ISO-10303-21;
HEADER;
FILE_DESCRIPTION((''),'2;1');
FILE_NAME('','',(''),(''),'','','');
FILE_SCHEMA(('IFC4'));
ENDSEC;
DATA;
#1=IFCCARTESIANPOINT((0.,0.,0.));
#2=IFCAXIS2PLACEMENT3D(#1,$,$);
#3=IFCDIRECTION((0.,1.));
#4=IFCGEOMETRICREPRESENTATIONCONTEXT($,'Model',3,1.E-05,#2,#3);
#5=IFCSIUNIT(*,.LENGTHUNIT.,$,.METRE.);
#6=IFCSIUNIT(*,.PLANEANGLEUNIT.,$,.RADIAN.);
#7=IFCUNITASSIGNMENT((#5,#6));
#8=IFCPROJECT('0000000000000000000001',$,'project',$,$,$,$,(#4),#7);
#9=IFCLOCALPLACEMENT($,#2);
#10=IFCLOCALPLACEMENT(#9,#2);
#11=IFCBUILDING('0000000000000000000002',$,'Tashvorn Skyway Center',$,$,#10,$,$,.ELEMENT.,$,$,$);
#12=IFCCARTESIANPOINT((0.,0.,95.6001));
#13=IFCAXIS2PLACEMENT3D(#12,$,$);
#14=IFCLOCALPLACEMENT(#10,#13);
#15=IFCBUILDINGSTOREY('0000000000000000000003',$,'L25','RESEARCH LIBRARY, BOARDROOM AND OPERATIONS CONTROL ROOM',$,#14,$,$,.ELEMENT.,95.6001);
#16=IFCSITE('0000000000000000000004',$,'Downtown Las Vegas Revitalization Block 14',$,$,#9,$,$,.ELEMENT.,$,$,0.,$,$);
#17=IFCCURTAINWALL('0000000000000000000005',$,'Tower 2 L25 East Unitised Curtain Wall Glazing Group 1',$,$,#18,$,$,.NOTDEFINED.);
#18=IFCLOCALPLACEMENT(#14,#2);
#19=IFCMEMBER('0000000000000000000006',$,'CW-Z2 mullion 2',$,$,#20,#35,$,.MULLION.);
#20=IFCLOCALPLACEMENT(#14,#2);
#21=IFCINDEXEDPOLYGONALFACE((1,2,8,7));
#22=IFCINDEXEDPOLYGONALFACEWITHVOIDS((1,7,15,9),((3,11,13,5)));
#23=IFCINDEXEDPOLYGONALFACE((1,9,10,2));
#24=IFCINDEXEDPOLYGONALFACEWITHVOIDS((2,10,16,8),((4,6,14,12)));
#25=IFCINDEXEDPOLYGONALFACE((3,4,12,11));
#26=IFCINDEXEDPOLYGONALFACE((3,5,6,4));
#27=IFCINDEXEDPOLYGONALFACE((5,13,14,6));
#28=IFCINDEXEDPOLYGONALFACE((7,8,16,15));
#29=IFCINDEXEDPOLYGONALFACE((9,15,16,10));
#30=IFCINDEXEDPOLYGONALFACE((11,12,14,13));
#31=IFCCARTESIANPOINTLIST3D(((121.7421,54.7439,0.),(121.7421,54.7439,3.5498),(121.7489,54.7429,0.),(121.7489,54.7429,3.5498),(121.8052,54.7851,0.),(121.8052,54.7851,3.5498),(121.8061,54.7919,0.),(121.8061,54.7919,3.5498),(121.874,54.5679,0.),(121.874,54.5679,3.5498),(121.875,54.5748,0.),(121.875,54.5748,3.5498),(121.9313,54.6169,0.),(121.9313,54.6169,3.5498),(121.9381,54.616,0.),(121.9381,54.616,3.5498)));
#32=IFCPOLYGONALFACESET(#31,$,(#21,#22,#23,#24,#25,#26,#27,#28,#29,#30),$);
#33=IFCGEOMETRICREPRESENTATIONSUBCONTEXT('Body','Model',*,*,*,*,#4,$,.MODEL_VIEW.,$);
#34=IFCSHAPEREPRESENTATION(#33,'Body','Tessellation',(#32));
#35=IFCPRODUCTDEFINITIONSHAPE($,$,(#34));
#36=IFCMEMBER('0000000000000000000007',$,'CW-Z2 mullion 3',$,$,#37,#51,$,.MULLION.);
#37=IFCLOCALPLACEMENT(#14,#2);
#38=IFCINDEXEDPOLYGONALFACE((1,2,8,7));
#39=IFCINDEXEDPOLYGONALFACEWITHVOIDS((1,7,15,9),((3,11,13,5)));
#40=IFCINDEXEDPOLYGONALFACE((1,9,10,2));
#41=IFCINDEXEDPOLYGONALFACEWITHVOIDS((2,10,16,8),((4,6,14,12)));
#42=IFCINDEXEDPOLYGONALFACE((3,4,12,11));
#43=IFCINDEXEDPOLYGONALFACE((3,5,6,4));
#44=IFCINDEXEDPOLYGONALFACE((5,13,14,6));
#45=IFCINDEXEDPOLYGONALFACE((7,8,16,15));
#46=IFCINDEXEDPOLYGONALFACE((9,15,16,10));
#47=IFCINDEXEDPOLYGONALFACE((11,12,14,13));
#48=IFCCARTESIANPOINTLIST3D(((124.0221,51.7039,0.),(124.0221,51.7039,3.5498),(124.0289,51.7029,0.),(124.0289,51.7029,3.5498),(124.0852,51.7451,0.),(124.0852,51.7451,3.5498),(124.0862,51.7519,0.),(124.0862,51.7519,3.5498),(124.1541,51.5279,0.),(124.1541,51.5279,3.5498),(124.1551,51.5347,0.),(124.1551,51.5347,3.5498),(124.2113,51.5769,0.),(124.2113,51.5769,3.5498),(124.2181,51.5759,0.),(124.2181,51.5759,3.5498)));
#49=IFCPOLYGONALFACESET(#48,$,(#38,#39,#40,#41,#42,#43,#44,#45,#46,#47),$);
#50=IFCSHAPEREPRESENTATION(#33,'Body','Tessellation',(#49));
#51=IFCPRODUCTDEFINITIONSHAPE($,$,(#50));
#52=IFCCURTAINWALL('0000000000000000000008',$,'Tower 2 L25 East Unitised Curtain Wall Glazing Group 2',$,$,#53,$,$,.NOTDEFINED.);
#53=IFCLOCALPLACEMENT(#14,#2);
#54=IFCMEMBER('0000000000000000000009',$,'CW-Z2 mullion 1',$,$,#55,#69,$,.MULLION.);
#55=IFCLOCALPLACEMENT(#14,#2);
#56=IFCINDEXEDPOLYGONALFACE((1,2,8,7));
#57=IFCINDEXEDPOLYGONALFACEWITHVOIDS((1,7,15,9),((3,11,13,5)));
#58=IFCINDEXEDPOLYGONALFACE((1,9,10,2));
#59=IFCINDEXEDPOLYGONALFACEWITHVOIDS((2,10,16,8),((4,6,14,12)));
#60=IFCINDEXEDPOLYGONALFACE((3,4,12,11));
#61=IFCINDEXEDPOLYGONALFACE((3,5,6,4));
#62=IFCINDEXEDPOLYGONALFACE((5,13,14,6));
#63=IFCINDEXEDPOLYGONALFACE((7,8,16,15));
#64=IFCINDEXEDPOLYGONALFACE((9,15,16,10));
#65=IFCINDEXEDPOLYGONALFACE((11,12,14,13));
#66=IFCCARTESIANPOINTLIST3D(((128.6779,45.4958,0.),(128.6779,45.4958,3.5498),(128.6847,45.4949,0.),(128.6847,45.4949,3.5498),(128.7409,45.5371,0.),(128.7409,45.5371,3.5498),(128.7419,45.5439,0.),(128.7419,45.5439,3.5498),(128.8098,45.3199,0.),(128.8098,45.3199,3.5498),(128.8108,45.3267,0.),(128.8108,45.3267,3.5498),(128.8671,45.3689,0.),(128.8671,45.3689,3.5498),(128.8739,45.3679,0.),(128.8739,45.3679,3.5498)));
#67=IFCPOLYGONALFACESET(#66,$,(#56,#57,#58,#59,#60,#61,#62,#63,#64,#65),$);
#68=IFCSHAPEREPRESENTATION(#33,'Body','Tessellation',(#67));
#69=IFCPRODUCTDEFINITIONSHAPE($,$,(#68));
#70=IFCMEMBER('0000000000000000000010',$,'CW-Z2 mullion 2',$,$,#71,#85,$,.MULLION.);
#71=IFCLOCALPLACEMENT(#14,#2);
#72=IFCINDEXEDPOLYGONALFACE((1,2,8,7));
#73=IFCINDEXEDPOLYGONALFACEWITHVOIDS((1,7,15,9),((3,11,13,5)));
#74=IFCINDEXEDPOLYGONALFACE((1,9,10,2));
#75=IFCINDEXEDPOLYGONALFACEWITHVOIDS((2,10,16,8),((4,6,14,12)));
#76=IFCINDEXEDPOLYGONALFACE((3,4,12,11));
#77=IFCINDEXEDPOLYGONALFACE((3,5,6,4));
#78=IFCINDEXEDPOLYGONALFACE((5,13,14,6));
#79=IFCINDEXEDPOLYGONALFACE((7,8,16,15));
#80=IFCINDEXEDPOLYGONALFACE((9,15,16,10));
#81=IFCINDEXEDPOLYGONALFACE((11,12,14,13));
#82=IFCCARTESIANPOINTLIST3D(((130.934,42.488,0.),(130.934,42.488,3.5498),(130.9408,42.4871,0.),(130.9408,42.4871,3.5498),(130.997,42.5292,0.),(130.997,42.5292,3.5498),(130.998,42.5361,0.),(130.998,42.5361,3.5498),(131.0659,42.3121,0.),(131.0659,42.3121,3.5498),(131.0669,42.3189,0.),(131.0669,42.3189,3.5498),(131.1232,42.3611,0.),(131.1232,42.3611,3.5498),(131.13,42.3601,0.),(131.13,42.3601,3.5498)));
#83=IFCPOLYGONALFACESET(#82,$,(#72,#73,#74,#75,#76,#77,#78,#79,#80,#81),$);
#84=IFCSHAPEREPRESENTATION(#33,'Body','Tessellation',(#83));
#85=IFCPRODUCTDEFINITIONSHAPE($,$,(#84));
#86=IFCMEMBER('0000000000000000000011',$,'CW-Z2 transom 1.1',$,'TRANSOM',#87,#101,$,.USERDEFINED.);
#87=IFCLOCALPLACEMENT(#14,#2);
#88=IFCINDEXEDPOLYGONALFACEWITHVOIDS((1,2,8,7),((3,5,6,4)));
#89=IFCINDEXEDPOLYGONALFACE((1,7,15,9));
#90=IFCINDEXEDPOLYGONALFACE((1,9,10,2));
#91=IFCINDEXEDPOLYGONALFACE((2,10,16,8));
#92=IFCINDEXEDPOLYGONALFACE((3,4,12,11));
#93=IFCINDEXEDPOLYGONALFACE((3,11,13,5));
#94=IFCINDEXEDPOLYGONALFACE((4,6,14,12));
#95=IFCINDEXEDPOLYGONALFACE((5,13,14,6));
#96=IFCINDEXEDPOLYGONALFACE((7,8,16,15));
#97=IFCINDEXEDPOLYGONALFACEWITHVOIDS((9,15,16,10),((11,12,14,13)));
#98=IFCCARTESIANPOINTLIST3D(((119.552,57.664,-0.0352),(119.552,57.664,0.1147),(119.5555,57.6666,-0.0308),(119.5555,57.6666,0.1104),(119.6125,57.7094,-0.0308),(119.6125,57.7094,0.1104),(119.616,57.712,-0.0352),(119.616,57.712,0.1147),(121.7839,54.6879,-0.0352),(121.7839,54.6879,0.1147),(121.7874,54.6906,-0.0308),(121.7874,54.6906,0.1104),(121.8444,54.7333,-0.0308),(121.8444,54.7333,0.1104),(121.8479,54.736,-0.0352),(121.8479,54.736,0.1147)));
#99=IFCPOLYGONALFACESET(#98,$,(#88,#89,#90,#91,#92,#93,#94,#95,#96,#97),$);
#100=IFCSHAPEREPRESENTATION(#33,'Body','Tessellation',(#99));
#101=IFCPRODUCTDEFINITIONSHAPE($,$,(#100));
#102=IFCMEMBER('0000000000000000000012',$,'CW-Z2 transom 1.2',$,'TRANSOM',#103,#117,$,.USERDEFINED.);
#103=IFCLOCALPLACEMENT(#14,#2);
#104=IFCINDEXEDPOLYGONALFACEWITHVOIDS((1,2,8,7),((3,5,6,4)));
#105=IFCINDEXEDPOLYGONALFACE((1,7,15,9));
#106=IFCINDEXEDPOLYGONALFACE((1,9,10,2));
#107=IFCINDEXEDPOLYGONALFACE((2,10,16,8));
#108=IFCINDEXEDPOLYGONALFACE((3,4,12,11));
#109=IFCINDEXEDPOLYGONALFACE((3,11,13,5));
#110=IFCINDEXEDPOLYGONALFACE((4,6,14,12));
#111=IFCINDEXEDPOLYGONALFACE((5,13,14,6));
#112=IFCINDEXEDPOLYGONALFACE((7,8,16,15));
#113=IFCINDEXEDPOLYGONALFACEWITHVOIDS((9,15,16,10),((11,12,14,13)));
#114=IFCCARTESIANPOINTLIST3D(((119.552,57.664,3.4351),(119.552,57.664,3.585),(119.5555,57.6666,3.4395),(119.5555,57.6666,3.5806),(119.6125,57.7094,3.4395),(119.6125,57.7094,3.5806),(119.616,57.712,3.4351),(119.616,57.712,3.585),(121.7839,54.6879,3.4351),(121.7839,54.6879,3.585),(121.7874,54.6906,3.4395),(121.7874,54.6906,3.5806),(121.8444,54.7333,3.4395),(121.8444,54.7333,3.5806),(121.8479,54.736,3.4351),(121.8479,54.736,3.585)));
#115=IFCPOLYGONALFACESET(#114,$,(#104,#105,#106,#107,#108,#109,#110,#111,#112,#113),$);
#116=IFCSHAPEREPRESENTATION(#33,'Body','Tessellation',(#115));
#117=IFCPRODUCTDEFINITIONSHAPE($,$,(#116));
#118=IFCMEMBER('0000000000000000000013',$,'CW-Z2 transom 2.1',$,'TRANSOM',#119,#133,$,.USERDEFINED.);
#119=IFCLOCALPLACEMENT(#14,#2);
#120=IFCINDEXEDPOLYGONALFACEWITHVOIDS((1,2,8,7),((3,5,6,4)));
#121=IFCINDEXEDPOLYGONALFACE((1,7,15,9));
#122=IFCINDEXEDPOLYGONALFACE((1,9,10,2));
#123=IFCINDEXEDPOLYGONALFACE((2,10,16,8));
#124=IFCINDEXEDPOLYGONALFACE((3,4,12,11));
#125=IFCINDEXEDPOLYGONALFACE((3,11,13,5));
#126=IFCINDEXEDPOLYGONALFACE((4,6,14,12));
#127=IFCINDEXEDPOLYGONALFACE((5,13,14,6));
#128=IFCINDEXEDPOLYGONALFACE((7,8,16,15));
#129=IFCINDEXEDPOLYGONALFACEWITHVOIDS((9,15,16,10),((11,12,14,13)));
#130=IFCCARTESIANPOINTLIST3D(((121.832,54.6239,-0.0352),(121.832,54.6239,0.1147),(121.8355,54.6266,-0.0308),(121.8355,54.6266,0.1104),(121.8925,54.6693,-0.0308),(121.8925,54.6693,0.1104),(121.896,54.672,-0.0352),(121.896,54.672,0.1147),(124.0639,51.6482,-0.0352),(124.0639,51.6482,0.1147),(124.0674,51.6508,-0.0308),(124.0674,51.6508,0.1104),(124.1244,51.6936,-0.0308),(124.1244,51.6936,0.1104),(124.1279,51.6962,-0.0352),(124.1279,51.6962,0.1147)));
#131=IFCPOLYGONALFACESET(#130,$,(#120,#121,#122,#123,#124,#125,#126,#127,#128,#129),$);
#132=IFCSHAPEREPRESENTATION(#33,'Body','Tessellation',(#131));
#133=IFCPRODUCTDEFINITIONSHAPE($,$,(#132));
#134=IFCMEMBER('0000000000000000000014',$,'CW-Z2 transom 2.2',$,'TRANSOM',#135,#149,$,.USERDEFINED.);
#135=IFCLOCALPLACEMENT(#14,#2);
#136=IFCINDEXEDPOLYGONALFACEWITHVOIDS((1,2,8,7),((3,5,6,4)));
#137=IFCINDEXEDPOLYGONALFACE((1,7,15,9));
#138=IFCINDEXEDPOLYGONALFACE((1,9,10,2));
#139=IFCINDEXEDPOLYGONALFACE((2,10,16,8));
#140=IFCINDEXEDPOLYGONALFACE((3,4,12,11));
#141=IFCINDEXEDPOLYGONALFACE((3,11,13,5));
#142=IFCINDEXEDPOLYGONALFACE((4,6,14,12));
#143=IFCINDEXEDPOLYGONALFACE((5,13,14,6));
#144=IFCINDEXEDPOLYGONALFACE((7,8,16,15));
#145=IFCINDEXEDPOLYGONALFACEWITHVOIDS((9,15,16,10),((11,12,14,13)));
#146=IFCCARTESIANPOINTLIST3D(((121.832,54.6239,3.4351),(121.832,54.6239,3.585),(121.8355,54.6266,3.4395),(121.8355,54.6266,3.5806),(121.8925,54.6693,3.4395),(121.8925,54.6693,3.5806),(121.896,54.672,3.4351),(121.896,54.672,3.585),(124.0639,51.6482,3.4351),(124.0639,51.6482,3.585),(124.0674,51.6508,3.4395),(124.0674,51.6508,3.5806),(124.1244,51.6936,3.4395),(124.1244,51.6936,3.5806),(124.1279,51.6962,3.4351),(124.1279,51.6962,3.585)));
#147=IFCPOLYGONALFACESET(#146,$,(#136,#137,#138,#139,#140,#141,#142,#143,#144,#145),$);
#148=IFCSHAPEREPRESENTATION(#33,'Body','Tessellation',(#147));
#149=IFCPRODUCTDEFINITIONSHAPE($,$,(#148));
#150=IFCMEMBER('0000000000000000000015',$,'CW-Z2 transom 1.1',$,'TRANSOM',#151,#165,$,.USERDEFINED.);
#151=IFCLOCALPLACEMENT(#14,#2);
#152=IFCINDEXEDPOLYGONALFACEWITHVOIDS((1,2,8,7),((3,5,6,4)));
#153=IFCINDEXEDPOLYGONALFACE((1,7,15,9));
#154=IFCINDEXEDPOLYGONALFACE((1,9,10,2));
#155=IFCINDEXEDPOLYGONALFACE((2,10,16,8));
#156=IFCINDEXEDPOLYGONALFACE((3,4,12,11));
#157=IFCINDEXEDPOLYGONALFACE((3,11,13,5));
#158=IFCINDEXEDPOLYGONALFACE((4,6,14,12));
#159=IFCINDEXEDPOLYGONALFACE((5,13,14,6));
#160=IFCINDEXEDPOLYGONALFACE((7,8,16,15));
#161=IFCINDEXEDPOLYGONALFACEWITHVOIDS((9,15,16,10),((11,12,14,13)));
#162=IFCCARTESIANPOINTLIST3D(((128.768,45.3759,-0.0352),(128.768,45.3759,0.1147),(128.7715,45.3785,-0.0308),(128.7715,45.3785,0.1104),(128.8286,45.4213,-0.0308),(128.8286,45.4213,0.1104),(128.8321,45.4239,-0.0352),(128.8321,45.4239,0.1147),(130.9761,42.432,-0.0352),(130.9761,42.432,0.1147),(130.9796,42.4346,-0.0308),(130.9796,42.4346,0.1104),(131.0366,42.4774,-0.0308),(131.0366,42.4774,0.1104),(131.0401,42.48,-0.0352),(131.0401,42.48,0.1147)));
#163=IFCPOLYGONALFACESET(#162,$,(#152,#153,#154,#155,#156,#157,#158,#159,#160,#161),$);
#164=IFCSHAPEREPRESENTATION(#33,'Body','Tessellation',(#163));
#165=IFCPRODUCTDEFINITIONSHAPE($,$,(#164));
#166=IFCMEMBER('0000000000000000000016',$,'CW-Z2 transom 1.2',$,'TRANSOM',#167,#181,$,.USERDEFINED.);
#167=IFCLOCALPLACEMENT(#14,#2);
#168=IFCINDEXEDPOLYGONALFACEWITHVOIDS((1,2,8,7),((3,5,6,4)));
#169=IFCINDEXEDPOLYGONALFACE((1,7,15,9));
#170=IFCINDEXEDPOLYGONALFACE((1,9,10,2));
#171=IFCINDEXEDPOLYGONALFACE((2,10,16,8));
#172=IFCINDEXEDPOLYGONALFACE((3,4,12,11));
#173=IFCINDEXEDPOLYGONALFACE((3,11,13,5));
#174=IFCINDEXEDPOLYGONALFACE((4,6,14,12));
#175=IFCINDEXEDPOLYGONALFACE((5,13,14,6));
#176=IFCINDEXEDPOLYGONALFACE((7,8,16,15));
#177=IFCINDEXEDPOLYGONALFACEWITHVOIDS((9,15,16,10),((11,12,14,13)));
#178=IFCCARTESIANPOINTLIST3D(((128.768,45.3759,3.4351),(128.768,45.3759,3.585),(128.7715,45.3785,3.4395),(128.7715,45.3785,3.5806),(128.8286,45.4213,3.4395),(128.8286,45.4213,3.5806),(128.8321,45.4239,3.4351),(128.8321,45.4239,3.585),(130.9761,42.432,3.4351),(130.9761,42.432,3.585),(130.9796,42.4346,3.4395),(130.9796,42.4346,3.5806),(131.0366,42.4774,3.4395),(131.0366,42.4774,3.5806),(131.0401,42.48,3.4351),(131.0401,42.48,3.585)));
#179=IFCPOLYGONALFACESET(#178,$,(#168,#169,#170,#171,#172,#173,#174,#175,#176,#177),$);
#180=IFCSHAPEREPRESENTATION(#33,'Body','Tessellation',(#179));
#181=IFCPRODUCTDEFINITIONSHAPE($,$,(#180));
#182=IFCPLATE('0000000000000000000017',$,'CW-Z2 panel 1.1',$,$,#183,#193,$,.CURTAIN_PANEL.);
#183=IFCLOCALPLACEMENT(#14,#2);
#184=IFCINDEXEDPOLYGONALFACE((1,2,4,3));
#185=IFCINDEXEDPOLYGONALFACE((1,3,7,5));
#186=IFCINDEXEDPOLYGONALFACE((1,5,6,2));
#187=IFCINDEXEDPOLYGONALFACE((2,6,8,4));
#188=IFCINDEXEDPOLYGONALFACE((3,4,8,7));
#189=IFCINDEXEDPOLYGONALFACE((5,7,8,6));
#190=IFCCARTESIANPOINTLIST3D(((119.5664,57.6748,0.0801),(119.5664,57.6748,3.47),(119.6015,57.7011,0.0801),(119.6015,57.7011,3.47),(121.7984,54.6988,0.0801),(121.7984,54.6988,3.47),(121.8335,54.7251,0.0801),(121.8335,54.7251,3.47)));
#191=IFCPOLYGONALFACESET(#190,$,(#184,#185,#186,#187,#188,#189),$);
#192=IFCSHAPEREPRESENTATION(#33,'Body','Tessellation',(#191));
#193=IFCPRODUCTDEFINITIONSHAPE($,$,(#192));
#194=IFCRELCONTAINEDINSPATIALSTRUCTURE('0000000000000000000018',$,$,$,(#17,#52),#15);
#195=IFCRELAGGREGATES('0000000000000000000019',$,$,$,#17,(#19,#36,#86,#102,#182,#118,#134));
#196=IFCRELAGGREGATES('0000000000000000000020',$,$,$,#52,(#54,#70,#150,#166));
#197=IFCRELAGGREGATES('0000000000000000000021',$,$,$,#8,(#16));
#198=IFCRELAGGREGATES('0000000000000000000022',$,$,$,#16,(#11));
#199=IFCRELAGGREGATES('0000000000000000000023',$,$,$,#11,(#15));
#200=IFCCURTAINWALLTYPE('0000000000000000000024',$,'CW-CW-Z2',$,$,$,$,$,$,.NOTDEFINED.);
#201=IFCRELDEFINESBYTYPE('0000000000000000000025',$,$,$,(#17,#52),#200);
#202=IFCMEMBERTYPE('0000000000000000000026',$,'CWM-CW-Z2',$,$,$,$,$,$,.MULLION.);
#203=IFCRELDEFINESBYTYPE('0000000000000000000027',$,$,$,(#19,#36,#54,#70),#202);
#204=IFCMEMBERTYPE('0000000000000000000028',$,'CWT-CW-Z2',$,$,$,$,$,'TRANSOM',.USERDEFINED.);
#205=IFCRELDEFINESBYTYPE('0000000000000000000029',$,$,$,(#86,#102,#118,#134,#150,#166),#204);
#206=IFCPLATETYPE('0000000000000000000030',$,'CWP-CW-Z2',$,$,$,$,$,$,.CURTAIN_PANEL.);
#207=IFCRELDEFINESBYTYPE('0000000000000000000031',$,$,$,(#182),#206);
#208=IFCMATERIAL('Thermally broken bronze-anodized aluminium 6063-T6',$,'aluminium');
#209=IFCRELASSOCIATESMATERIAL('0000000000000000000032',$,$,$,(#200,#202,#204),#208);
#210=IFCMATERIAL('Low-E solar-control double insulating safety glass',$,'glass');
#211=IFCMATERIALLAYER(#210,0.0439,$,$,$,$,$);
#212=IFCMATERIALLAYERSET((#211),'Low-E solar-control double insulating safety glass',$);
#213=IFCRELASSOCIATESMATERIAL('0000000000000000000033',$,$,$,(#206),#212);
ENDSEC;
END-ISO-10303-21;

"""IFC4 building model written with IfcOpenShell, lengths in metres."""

from ifc_helpers import new_model, si_unit, direction, frame, origin, origin_2d, place, context, subcontext, project, spatial, rectangle, hollow_rectangle, extrude, material, layer, layer_set, material_profile, profile_set, type_object, element, aggregate, save


model = new_model("IFC4")

# Units and contexts
model_context = context("Model", 3, precision=1e-05, world=origin(), true_north=direction((0.0, 1.0)))
body_context = subcontext(model_context, "Body", "Model", "MODEL_VIEW")
ifc_project = project(units=[si_unit("LENGTHUNIT", "METRE"), si_unit("PLANEANGLEUNIT", "RADIAN")], contexts=[model_context])

# Site, building, storey
site_placement = place(None, origin())
site = spatial("IfcSite", under=ifc_project, at=site_placement, Name="Downtown Las Vegas Revitalization Block 14", CompositionType="ELEMENT", RefElevation=0.0)
building_placement = place(site_placement, origin())
building = spatial("IfcBuilding", under=site, at=building_placement, Name="Tashvorn Skyway Center", CompositionType="ELEMENT")
storey_placement = place(building_placement, frame((0.0, 0.0, 95.6001)))
storey = spatial("IfcBuildingStorey", under=building, at=storey_placement, Name="L25", Description="RESEARCH LIBRARY, BOARDROOM AND OPERATIONS CONTROL ROOM", CompositionType="ELEMENT", Elevation=95.6001)

# Shared definitions
ifc_material_1 = material(Name="Thermally broken bronze-anodized aluminium 6063-T6", Category="aluminium")
curtain_wall_type = type_object("IfcCurtainWallType", Name="CW-CW-Z2", PredefinedType="NOTDEFINED", material=ifc_material_1)
ifc_material_profile_1 = material_profile(ifc_material_1, hollow_rectangle(XDim=0.0801, YDim=0.22, WallThickness=0.0049, at=origin_2d()), Name="ALU-MULL-80x220")
ifc_profile_set_1 = profile_set([ifc_material_profile_1], Name="Thermally broken bronze-anodized aluminium 6063-T6")
member_type_1 = type_object("IfcMemberType", Name="CWM-CW-Z2", PredefinedType="MULLION", material=ifc_profile_set_1)

# Curtain walls, members
curtain_wall_1_placement = place(storey_placement, origin())
curtain_wall_1 = element("IfcCurtainWall", 1, at=curtain_wall_1_placement, inside=storey, type_object=curtain_wall_type, Name="Tower 2 L25 East Unitised Curtain Wall Glazing Group 1", PredefinedType="NOTDEFINED")
member_1_placement = place(storey_placement, frame((121.8401, 54.6799, 0.0), z_axis=(0.0, 0.0, 1.0), x_axis=(0.8, 0.6, 0.0)))
member_1 = element("IfcMember", 2, at=member_1_placement, type_object=member_type_1, Name="CW-Z2 mullion 2", PredefinedType="MULLION", context=body_context, shape_type="SweptSolid", body=[
    extrude(hollow_rectangle(XDim=0.0801, YDim=0.22, WallThickness=0.0049, at=origin_2d()), origin(), (0.0, 0.0, 1.0), 3.5498),
])
member_2_placement = place(storey_placement, frame((124.1201, 51.6399, 0.0), z_axis=(0.0, 0.0, 1.0), x_axis=(0.8, 0.6, 0.0)))
member_2 = element("IfcMember", 3, at=member_2_placement, type_object=member_type_1, Name="CW-Z2 mullion 3", PredefinedType="MULLION", context=body_context, shape_type="SweptSolid", body=[
    extrude(hollow_rectangle(XDim=0.0801, YDim=0.22, WallThickness=0.0049, at=origin_2d()), origin(), (0.0, 0.0, 1.0), 3.5498),
])
curtain_wall_2_placement = place(storey_placement, origin())
curtain_wall_2 = element("IfcCurtainWall", 4, at=curtain_wall_2_placement, inside=storey, type_object=curtain_wall_type, Name="Tower 2 L25 East Unitised Curtain Wall Glazing Group 2", PredefinedType="NOTDEFINED")
member_3_placement = place(storey_placement, frame((128.7759, 45.4319, 0.0), z_axis=(0.0, 0.0, 1.0), x_axis=(0.8, 0.6, 0.0)))
member_3 = element("IfcMember", 5, at=member_3_placement, type_object=member_type_1, Name="CW-Z2 mullion 1", PredefinedType="MULLION", context=body_context, shape_type="SweptSolid", body=[
    extrude(hollow_rectangle(XDim=0.0801, YDim=0.22, WallThickness=0.0049, at=origin_2d()), origin(), (0.0, 0.0, 1.0), 3.5498),
])
member_4_placement = place(storey_placement, frame((131.032, 42.4241, 0.0), z_axis=(0.0, 0.0, 1.0), x_axis=(0.8, 0.6, 0.0)))
member_4 = element("IfcMember", 6, at=member_4_placement, type_object=member_type_1, Name="CW-Z2 mullion 2", PredefinedType="MULLION", context=body_context, shape_type="SweptSolid", body=[
    extrude(hollow_rectangle(XDim=0.0801, YDim=0.22, WallThickness=0.0049, at=origin_2d()), origin(), (0.0, 0.0, 1.0), 3.5498),
])

# Members
ifc_material_profile_2 = material_profile(ifc_material_1, hollow_rectangle(XDim=0.0801, YDim=0.1499, WallThickness=0.0044, at=origin_2d()), Name="ALU-TRAN-80x150")
ifc_profile_set_2 = profile_set([ifc_material_profile_2], Name="Thermally broken bronze-anodized aluminium 6063-T6")
member_type_2 = type_object("IfcMemberType", Name="CWT-CW-Z2", ElementType="TRANSOM", PredefinedType="USERDEFINED", material=ifc_profile_set_2)
member_5_placement = place(storey_placement, frame((119.584, 57.688, 0.0398), z_axis=(0.599979, -0.800016, 0.0), x_axis=(0.800016, 0.599979, 0.0)))
member_5 = element("IfcMember", 7, at=member_5_placement, type_object=member_type_2, Name="CW-Z2 transom 1.1", ObjectType="TRANSOM", PredefinedType="USERDEFINED", context=body_context, shape_type="SweptSolid", body=[
    extrude(hollow_rectangle(XDim=0.0801, YDim=0.1499, WallThickness=0.0044, at=origin_2d()), origin(), (0.0, 0.0, 1.0), 3.72),
])
member_6_placement = place(storey_placement, frame((119.584, 57.688, 3.51), z_axis=(0.599979, -0.800016, 0.0), x_axis=(0.800016, 0.599979, 0.0)))
member_6 = element("IfcMember", 8, at=member_6_placement, type_object=member_type_2, Name="CW-Z2 transom 1.2", ObjectType="TRANSOM", PredefinedType="USERDEFINED", context=body_context, shape_type="SweptSolid", body=[
    extrude(hollow_rectangle(XDim=0.0801, YDim=0.1499, WallThickness=0.0044, at=origin_2d()), origin(), (0.0, 0.0, 1.0), 3.72),
])
member_7_placement = place(storey_placement, frame((121.864, 54.6479, 0.0398), z_axis=(0.600011, -0.799992, 0.0), x_axis=(0.799992, 0.600011, 0.0)))
member_7 = element("IfcMember", 9, at=member_7_placement, type_object=member_type_2, Name="CW-Z2 transom 2.1", ObjectType="TRANSOM", PredefinedType="USERDEFINED", context=body_context, shape_type="SweptSolid", body=[
    extrude(hollow_rectangle(XDim=0.0801, YDim=0.1499, WallThickness=0.0044, at=origin_2d()), origin(), (0.0, 0.0, 1.0), 3.7197),
])
member_8_placement = place(storey_placement, frame((121.864, 54.6479, 3.51), z_axis=(0.600011, -0.799992, 0.0), x_axis=(0.799992, 0.600011, 0.0)))
member_8 = element("IfcMember", 10, at=member_8_placement, type_object=member_type_2, Name="CW-Z2 transom 2.2", ObjectType="TRANSOM", PredefinedType="USERDEFINED", context=body_context, shape_type="SweptSolid", body=[
    extrude(hollow_rectangle(XDim=0.0801, YDim=0.1499, WallThickness=0.0044, at=origin_2d()), origin(), (0.0, 0.0, 1.0), 3.7197),
])
member_9_placement = place(storey_placement, frame((128.8, 45.3999, 0.0398), z_axis=(0.600021, -0.799984, 0.0), x_axis=(0.799984, 0.600021, 0.0)))
member_9 = element("IfcMember", 11, at=member_9_placement, type_object=member_type_2, Name="CW-Z2 transom 1.1", ObjectType="TRANSOM", PredefinedType="USERDEFINED", context=body_context, shape_type="SweptSolid", body=[
    extrude(hollow_rectangle(XDim=0.0801, YDim=0.1499, WallThickness=0.0044, at=origin_2d()), origin(), (0.0, 0.0, 1.0), 3.6799),
])
member_10_placement = place(storey_placement, frame((128.8, 45.3999, 3.51), z_axis=(0.600021, -0.799984, 0.0), x_axis=(0.799984, 0.600021, 0.0)))
member_10 = element("IfcMember", 12, at=member_10_placement, type_object=member_type_2, Name="CW-Z2 transom 1.2", ObjectType="TRANSOM", PredefinedType="USERDEFINED", context=body_context, shape_type="SweptSolid", body=[
    extrude(hollow_rectangle(XDim=0.0801, YDim=0.1499, WallThickness=0.0044, at=origin_2d()), origin(), (0.0, 0.0, 1.0), 3.6799),
])

# Plate
ifc_material_2 = material(Name="Low-E solar-control double insulating safety glass", Category="glass")
ifc_layer_1 = layer(ifc_material_2, 0.0439)
ifc_layer_set_1 = layer_set([ifc_layer_1], Name="Low-E solar-control double insulating safety glass")
plate_type = type_object("IfcPlateType", Name="CWP-CW-Z2", PredefinedType="CURTAIN_PANEL", material=ifc_layer_set_1)
plate_1_placement = place(storey_placement, frame((120.7, 56.2, 0.0801), z_axis=(0.0, 0.0, 1.0), x_axis=(0.6, -0.8, 0.0)))
plate_1 = element("IfcPlate", 13, at=plate_1_placement, type_object=plate_type, Name="CW-Z2 panel 1.1", PredefinedType="CURTAIN_PANEL", context=body_context, shape_type="SweptSolid", body=[
    extrude(rectangle(XDim=3.72, YDim=0.0439, at=origin_2d()), origin(), (0.0, 0.0, 1.0), 3.3899),
])
aggregate(curtain_wall_1, [member_1, member_2, member_5, member_6, plate_1, member_7, member_8])
aggregate(curtain_wall_2, [member_3, member_4, member_9, member_10])

save(model, "model.ifc")
